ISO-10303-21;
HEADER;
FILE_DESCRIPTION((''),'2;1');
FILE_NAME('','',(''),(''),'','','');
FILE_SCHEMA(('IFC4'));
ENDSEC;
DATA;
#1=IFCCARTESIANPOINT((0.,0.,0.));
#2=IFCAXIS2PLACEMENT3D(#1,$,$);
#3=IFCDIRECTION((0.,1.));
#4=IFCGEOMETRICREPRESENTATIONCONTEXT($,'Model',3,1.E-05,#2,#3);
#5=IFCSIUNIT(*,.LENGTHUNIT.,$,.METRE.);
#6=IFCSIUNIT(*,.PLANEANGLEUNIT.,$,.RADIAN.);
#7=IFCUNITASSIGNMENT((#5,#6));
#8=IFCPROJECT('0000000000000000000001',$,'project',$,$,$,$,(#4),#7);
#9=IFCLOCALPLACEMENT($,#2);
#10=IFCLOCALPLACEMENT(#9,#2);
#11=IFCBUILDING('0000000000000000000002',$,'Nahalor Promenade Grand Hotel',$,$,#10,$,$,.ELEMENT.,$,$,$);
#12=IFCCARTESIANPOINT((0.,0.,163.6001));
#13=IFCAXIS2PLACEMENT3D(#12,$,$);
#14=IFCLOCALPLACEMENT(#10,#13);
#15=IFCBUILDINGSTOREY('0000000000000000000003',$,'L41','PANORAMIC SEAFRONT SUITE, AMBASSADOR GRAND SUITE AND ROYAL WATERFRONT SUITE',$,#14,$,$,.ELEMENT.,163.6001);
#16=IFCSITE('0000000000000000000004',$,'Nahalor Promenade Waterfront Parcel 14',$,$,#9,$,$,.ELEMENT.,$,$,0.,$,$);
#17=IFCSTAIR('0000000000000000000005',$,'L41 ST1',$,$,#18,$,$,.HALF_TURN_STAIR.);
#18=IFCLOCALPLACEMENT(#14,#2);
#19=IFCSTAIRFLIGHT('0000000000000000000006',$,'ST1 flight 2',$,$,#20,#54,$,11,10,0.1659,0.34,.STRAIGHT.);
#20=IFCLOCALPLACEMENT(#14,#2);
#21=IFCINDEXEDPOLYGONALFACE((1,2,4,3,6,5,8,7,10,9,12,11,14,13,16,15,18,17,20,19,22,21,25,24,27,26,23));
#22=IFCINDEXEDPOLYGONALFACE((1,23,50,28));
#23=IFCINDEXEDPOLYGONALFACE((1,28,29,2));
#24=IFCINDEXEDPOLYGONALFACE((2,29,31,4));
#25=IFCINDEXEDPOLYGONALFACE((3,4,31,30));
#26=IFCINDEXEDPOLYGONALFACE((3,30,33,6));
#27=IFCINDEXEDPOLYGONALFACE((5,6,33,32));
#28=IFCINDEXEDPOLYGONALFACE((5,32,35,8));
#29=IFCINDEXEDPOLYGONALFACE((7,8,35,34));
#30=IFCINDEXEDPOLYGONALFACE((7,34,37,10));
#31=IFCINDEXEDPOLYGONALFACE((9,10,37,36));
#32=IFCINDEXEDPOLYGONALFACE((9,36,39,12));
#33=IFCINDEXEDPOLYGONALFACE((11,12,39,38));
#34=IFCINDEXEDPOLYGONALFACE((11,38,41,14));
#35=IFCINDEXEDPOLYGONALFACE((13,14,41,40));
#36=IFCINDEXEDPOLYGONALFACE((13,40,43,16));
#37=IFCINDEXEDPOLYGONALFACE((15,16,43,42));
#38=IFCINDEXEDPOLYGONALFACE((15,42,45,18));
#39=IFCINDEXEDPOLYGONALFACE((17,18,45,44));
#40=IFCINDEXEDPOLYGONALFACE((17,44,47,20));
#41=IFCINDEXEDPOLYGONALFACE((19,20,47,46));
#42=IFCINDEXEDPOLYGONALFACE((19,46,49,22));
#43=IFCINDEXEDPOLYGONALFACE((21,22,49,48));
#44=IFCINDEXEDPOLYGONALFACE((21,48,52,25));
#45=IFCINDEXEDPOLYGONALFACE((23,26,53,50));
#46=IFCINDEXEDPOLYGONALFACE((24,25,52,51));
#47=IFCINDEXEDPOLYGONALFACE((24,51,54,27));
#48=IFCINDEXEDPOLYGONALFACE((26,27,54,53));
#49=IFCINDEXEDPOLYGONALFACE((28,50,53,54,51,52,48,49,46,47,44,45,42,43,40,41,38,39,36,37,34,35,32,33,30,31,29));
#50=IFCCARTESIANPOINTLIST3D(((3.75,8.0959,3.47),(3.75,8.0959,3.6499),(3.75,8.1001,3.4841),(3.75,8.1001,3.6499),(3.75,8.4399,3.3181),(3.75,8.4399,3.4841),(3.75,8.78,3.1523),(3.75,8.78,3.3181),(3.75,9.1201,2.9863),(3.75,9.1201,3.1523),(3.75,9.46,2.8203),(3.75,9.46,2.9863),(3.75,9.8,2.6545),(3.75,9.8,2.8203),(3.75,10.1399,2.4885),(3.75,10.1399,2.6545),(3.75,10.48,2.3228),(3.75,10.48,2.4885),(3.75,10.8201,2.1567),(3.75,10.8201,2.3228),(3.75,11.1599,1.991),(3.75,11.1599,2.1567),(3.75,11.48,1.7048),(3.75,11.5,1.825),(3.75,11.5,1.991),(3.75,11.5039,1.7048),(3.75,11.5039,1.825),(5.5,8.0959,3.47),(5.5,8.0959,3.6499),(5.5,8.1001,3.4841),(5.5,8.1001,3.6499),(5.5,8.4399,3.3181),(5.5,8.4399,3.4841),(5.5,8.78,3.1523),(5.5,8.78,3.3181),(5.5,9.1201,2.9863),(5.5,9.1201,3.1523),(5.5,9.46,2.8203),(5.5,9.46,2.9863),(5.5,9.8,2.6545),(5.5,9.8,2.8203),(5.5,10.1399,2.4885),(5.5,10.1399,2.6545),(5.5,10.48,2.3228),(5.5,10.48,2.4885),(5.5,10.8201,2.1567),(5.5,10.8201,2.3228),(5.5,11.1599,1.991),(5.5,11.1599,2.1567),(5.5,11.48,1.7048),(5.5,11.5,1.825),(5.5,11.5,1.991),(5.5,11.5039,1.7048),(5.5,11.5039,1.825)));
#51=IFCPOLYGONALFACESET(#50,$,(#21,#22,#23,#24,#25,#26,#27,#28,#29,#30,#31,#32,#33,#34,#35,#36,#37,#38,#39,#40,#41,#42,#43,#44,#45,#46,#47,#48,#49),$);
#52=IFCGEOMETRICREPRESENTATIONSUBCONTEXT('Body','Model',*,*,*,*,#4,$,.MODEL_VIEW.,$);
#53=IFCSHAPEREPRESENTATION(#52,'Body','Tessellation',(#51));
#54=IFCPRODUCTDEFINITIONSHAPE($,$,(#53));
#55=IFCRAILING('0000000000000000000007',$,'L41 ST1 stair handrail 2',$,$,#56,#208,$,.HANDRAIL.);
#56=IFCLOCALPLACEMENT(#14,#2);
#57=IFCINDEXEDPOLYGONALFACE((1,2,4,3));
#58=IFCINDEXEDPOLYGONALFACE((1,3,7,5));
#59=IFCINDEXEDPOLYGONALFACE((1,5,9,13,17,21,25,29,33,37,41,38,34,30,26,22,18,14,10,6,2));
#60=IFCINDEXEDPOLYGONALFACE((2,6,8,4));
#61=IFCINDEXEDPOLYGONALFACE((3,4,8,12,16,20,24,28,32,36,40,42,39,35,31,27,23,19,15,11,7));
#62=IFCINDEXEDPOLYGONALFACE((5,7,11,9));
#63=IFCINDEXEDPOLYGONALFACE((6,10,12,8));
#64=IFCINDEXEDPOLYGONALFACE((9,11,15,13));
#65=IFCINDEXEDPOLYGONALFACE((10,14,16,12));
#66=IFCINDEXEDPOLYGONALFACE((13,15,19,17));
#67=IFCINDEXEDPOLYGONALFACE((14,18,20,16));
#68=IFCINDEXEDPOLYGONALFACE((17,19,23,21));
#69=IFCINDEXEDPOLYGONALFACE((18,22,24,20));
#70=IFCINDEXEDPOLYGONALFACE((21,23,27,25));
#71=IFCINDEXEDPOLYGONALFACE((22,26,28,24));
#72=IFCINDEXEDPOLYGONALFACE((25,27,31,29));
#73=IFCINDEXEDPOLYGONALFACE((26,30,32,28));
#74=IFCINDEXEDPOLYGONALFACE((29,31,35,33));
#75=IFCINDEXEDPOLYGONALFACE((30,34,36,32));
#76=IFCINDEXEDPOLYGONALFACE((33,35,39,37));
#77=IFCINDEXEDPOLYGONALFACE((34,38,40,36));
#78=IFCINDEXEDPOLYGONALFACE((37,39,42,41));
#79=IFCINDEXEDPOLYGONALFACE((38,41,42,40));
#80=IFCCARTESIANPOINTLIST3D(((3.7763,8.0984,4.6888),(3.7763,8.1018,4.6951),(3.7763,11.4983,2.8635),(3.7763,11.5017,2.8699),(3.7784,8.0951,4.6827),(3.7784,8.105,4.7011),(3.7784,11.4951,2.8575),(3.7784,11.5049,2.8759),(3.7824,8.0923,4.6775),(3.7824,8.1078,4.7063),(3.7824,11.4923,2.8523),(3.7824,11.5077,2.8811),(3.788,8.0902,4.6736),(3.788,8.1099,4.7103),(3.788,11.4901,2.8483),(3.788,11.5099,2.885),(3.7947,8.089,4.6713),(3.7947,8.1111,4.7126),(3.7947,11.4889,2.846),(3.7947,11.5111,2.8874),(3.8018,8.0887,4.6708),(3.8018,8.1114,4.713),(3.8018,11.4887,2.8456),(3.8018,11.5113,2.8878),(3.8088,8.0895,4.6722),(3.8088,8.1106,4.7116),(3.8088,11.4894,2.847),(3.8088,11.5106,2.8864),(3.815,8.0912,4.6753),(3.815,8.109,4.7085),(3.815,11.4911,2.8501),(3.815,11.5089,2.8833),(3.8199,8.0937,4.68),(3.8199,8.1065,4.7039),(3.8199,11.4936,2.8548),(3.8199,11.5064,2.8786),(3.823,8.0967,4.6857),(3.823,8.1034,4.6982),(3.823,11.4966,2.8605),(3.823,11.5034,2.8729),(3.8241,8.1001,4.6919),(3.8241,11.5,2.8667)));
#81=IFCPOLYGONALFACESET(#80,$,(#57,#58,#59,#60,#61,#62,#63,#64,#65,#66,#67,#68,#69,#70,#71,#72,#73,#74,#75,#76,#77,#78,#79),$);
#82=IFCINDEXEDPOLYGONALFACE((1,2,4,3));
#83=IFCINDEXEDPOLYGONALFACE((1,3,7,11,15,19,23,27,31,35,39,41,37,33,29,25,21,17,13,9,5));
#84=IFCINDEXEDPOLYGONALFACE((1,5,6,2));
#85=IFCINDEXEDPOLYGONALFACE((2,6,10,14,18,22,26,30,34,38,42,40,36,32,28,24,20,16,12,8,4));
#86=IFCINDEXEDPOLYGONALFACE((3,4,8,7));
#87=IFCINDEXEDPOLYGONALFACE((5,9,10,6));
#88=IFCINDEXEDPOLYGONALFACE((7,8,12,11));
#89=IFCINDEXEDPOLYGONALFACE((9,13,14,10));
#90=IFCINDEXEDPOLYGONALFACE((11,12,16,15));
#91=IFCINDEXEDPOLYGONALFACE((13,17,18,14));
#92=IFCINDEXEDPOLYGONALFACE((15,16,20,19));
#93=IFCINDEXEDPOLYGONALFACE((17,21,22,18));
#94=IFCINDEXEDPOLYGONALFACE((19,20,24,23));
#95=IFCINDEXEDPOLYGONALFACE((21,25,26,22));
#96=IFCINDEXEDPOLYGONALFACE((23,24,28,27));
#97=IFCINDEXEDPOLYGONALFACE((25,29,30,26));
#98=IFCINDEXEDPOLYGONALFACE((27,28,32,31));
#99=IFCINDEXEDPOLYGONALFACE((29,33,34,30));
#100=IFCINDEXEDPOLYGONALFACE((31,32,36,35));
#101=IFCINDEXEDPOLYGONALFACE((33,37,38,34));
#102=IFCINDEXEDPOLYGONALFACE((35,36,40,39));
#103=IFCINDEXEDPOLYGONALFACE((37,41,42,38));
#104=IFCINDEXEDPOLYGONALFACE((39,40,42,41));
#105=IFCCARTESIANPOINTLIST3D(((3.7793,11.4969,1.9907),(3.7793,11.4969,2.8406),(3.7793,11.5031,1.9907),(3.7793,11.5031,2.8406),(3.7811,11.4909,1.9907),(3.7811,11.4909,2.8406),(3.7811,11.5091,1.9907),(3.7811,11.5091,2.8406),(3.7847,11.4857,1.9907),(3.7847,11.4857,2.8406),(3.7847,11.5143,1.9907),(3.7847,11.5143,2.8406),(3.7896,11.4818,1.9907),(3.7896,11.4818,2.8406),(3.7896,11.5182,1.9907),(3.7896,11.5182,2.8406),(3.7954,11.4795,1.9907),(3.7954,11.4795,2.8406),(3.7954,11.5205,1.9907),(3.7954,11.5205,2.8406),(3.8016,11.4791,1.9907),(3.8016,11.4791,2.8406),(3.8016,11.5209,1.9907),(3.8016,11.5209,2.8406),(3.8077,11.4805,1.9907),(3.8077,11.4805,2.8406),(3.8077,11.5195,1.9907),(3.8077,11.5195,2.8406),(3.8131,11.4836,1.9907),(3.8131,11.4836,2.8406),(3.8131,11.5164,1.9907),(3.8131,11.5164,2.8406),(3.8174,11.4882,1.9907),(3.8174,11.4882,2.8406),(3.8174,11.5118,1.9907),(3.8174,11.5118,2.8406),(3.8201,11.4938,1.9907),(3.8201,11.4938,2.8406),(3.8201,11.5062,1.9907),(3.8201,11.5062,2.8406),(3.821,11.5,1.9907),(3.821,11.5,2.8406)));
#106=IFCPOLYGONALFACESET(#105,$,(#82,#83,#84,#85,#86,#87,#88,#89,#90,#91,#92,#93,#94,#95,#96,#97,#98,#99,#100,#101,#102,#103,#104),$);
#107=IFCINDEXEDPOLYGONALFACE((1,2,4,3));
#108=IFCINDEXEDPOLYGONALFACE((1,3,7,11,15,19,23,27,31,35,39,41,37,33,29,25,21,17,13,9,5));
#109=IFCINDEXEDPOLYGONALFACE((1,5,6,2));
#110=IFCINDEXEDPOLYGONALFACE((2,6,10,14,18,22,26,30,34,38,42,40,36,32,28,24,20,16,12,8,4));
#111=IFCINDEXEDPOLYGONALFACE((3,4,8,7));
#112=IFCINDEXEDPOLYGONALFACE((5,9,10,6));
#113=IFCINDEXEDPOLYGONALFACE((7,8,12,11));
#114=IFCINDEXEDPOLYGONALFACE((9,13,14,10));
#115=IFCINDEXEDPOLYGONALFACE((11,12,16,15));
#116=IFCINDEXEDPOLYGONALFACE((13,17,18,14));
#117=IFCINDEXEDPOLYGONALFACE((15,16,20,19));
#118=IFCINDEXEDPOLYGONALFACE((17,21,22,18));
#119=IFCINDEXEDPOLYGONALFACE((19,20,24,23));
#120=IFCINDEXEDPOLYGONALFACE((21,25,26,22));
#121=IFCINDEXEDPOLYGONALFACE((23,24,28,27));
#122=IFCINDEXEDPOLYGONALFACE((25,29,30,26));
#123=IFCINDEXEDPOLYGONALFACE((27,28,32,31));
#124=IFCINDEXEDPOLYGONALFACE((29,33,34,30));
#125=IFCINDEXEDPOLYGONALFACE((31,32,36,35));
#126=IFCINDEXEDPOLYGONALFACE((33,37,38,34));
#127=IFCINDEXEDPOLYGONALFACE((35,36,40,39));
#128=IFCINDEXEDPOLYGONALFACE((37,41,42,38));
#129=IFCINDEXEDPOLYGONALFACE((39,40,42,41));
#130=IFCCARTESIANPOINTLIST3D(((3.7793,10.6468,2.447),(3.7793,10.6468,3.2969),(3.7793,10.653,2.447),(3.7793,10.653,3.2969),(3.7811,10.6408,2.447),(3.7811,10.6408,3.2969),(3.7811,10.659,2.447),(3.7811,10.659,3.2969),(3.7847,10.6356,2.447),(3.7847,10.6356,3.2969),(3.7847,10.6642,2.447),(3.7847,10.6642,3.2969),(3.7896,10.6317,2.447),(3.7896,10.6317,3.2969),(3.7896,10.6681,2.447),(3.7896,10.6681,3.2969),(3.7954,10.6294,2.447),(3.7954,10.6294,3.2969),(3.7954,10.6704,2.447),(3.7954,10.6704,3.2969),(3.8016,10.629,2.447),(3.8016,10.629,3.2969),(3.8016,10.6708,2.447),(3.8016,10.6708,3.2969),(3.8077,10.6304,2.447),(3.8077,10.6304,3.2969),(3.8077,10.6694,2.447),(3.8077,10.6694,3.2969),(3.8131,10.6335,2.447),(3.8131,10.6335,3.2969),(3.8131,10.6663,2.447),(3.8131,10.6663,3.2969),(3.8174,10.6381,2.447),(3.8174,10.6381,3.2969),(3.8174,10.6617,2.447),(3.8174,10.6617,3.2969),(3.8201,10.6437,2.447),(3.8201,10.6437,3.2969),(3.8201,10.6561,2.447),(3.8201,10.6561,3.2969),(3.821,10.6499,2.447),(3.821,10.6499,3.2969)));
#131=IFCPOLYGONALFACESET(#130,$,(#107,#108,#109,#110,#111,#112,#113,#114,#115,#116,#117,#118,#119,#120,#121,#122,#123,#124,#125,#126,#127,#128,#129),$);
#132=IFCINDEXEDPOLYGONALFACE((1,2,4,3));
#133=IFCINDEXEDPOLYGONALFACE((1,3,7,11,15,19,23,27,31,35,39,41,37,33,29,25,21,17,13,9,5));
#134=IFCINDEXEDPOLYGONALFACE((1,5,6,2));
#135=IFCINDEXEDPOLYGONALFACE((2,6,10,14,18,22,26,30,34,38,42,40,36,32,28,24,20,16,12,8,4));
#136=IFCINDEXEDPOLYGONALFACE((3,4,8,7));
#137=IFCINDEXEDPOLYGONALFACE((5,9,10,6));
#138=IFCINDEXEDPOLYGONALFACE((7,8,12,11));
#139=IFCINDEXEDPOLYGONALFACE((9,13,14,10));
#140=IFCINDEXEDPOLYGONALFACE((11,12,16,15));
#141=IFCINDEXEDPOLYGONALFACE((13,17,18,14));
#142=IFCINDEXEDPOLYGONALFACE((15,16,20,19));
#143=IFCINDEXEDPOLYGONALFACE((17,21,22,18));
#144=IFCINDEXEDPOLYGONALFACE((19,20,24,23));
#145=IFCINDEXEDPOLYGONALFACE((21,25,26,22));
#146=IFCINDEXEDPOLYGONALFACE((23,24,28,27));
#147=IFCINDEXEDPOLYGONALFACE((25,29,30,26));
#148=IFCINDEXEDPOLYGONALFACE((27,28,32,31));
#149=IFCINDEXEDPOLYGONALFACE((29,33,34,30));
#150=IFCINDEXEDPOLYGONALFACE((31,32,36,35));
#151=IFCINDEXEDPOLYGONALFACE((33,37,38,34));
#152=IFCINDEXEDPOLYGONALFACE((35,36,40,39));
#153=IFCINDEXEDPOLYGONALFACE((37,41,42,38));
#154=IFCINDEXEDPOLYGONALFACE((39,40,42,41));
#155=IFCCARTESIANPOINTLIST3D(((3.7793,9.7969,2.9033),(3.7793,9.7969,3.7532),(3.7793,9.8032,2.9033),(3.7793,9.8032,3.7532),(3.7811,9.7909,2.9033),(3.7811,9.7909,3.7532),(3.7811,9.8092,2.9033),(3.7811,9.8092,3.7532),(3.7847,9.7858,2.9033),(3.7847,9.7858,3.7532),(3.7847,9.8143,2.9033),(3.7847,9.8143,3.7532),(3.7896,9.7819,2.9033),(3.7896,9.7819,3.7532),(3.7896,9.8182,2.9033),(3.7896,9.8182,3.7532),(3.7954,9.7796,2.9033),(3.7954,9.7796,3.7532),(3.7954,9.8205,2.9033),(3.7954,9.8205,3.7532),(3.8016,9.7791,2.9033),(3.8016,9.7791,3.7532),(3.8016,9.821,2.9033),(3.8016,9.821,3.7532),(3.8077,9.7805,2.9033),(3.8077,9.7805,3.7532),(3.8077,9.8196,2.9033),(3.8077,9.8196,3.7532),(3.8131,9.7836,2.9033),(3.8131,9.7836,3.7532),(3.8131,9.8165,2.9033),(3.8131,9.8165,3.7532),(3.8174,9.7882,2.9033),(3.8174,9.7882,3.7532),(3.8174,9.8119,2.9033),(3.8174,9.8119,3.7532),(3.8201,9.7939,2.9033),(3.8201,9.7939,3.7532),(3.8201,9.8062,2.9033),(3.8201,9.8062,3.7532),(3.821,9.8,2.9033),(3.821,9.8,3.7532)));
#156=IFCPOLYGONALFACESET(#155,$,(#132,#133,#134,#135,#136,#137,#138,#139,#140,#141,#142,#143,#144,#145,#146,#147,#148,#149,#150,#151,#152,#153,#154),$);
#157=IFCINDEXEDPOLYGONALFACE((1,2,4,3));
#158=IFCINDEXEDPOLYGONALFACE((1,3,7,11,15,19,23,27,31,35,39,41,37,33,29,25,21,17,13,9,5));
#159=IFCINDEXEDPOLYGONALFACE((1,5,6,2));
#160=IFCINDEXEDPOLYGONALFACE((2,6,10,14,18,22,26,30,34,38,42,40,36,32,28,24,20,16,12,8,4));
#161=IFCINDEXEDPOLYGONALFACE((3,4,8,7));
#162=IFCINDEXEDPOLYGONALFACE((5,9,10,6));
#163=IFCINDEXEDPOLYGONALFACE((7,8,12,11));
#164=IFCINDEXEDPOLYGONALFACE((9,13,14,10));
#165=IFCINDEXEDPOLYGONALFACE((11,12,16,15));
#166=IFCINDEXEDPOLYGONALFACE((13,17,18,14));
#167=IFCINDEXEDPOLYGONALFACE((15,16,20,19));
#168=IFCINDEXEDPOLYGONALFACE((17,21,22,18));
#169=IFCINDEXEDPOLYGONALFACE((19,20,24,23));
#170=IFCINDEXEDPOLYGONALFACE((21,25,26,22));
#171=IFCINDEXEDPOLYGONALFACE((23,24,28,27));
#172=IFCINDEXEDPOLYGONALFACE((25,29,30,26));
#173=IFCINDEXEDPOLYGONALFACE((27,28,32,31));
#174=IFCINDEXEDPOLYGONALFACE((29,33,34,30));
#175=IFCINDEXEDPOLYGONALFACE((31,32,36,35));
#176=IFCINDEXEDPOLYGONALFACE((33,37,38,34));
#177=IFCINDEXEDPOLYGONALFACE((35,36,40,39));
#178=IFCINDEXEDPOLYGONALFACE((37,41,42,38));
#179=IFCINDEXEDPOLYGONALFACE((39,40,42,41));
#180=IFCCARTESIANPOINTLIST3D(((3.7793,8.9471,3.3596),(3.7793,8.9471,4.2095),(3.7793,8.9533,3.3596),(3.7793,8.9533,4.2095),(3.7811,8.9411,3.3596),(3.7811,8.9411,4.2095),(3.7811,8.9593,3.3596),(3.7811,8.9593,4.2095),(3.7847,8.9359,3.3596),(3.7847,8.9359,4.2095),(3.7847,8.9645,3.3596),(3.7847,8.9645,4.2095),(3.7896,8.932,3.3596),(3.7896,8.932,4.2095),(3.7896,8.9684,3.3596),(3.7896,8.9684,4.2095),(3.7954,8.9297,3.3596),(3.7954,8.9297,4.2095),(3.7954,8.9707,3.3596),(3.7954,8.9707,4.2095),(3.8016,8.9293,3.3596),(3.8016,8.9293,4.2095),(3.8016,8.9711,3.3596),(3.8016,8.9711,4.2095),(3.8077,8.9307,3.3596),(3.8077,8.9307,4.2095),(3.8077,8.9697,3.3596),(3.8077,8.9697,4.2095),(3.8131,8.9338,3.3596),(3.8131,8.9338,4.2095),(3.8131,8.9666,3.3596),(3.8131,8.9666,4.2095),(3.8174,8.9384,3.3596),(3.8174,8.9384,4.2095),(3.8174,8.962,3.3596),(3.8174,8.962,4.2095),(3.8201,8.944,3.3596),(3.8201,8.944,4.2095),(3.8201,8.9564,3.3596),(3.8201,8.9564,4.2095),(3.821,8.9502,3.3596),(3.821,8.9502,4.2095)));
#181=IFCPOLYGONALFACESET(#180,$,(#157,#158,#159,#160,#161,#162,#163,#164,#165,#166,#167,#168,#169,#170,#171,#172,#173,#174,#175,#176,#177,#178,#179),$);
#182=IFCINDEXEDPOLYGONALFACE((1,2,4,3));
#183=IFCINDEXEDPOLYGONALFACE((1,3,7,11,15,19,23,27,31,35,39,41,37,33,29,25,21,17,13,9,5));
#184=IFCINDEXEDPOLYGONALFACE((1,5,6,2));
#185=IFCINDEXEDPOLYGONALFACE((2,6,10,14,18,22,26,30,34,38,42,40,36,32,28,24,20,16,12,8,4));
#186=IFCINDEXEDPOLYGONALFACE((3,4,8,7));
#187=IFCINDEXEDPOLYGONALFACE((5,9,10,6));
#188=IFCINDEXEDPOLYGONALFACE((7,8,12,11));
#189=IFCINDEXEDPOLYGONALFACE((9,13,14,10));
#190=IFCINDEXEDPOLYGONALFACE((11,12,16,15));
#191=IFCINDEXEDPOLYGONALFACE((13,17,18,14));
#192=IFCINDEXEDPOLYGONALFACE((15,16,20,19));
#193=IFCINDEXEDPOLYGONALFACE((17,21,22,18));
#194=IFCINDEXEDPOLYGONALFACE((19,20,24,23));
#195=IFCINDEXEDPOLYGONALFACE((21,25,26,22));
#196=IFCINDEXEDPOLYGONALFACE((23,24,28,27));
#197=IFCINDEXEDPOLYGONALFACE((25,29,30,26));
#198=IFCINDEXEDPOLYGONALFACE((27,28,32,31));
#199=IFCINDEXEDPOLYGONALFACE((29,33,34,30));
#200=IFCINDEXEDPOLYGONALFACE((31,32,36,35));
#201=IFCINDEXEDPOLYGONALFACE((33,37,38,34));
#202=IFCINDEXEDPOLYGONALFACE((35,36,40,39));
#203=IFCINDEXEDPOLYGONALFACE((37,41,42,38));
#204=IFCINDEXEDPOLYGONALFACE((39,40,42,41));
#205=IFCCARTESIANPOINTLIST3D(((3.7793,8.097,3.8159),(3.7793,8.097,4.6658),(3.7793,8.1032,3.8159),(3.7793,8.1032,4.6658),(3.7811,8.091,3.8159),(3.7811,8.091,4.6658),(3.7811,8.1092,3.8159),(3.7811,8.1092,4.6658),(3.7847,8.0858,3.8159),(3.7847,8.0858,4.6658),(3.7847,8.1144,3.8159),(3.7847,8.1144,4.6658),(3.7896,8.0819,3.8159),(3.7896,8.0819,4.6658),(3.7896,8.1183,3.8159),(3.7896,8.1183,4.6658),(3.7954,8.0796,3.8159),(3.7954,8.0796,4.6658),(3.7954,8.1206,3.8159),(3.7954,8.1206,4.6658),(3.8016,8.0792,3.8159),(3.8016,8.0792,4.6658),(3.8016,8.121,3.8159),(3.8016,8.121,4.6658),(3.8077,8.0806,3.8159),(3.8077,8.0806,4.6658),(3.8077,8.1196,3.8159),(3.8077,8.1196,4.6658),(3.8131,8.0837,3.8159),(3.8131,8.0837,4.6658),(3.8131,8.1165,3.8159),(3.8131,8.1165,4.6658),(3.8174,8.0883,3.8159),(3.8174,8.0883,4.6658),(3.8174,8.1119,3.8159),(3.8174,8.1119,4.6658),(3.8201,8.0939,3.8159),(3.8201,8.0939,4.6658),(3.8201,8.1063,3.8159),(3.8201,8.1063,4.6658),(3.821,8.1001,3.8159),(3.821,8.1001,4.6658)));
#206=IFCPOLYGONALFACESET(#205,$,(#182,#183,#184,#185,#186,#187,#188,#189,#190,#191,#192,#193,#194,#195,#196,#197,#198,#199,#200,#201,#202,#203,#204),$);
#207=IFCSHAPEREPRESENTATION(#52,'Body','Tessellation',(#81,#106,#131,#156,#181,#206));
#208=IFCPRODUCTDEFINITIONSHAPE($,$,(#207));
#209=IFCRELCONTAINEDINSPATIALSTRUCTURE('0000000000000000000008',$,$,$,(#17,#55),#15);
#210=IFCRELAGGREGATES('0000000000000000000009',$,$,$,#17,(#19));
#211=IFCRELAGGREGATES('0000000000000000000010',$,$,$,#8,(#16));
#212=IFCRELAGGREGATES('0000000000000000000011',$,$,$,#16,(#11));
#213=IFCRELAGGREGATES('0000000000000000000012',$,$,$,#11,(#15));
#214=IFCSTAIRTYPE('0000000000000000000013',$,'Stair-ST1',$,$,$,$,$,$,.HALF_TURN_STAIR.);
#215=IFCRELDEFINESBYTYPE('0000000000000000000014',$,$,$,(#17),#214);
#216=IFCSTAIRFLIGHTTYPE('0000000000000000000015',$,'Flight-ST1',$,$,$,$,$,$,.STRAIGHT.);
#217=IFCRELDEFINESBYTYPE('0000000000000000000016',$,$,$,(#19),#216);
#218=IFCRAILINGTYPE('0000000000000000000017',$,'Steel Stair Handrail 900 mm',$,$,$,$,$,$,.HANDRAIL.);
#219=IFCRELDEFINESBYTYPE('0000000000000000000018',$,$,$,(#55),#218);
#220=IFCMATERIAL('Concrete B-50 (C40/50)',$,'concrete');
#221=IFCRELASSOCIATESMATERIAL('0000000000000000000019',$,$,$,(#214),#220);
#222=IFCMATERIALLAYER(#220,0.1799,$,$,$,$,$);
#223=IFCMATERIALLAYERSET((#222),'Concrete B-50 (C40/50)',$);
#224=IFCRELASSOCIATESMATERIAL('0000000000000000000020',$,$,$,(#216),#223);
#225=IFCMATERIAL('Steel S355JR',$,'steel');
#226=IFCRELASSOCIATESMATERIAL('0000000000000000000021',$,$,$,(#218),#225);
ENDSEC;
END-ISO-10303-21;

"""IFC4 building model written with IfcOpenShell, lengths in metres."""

from ifc_helpers import new_model, si_unit, direction, frame, origin, origin_2d, place, context, subcontext, project, spatial, polyline, circle, outline, extrude, source, transform, mapped, material, layer, layer_set, type_object, element, aggregate, save


model = new_model("IFC4")

# Units and contexts
model_context = context("Model", 3, precision=1e-05, world=origin(), true_north=direction((0.0, 1.0)))
body_context = subcontext(model_context, "Body", "Model", "MODEL_VIEW")
ifc_project = project(units=[si_unit("LENGTHUNIT", "METRE"), si_unit("PLANEANGLEUNIT", "RADIAN")], contexts=[model_context])

# Site, building, storey
site_placement = place(None, origin())
site = spatial("IfcSite", under=ifc_project, at=site_placement, Name="Nahalor Promenade Waterfront Parcel 14", CompositionType="ELEMENT", RefElevation=0.0)
building_placement = place(site_placement, origin())
building = spatial("IfcBuilding", under=site, at=building_placement, Name="Nahalor Promenade Grand Hotel", CompositionType="ELEMENT")
storey_placement = place(building_placement, frame((0.0, 0.0, 163.6001)))
storey = spatial("IfcBuildingStorey", under=building, at=storey_placement, Name="L41", Description="PANORAMIC SEAFRONT SUITE, AMBASSADOR GRAND SUITE AND ROYAL WATERFRONT SUITE", CompositionType="ELEMENT", Elevation=163.6001)

# Shared definitions
ifc_material_1 = material(Name="Steel S355JR", Category="steel")

# Shared definitions
ifc_material_2 = material(Name="Concrete B-50 (C40/50)", Category="concrete")

# Stair, stair flight
stair_type = type_object("IfcStairType", Name="Stair-ST1", PredefinedType="HALF_TURN_STAIR", material=ifc_material_2)
stair_placement = place(storey_placement, origin())
stair = element("IfcStair", 1, at=stair_placement, inside=storey, type_object=stair_type, Name="L41 ST1", PredefinedType="HALF_TURN_STAIR")
ifc_layer_1 = layer(ifc_material_2, 0.1799)
ifc_layer_set_1 = layer_set([ifc_layer_1], Name="Concrete B-50 (C40/50)")
stair_flight_type = type_object("IfcStairFlightType", Name="Flight-ST1", PredefinedType="STRAIGHT", material=ifc_layer_set_1)
shared_shape_1 = source(origin(), body_context, "Body", "SweptSolid", [
    extrude(outline(polyline([(-0.0039, -0.1201), (-0.0039, 0.0), (0.0, 0.0), (0.0, 0.166), (0.3401, 0.166), (0.3401, 0.3318), (0.6799, 0.3318), (0.6799, 0.4978), (1.02, 0.4978), (1.02, 0.6636), (1.3601, 0.6636), (1.3601, 0.8296), (1.7, 0.8296), (1.7, 0.9954), (2.04, 0.9954), (2.04, 1.1614), (2.3799, 1.1614), (2.3799, 1.3274), (2.72, 1.3274), (2.72, 1.4932), (3.0601, 1.4932), (3.0601, 1.6592), (3.3999, 1.6592), (3.3999, 1.825), (3.4041, 1.825), (3.4041, 1.645), (0.02, -0.1201), (-0.0039, -0.1201)])), frame((0.0, 0.875, 0.0), z_axis=(0.0, -1.0, 0.0), x_axis=(1.0, 0.0, 0.0)), (0.0, 0.0, 1.0), 1.75),
])
stair_flight_placement = place(storey_placement, frame((4.625, 11.5, 1.825), z_axis=(0.0, 0.0, 1.0), x_axis=(0.0, -1.0, 0.0)))
stair_flight = element("IfcStairFlight", 2, at=stair_flight_placement, type_object=stair_flight_type, Name="ST1 flight 2", NumberOfRisers=11, NumberOfTreads=10, PredefinedType="STRAIGHT", RiserHeight=0.1659, TreadLength=0.34, context=body_context, shape_type="MappedRepresentation", body=[
    mapped(shared_shape_1, transform((0.0, 0.0, 0.0), scale=1.0)),
])
aggregate(stair, [stair_flight])

# Railing
railing_type = type_object("IfcRailingType", Name="Steel Stair Handrail 900 mm", PredefinedType="HANDRAIL", material=ifc_material_1)
railing_placement = place(storey_placement, frame((3.8, 11.5, 1.9907)))
element("IfcRailing", 3, at=railing_placement, inside=storey, type_object=railing_type, Name="L41 ST1 stair handrail 2", PredefinedType="HANDRAIL", context=body_context, shape_type="SweptSolid", body=[
    extrude(circle(Radius=0.024, at=origin_2d()), frame((0.0, 0.0, 0.876), z_axis=(0.0, -0.881068, 0.47299), x_axis=(1.0, 0.0, 0.0)), (0.0, 0.0, 1.0), 3.8589),
    extrude(circle(Radius=0.021, at=origin_2d()), origin(), (0.0, 0.0, 1.0), 0.8499),
    extrude(circle(Radius=0.021, at=origin_2d()), frame((0.0, -0.8501, 0.4563)), (0.0, 0.0, 1.0), 0.8499),
    extrude(circle(Radius=0.021, at=origin_2d()), frame((0.0, -1.7, 0.9126)), (0.0, 0.0, 1.0), 0.8499),
    extrude(circle(Radius=0.021, at=origin_2d()), frame((0.0, -2.5498, 1.3689)), (0.0, 0.0, 1.0), 0.8499),
    extrude(circle(Radius=0.021, at=origin_2d()), frame((0.0, -3.3999, 1.8252)), (0.0, 0.0, 1.0), 0.8499),
])

save(model, "model.ifc")
